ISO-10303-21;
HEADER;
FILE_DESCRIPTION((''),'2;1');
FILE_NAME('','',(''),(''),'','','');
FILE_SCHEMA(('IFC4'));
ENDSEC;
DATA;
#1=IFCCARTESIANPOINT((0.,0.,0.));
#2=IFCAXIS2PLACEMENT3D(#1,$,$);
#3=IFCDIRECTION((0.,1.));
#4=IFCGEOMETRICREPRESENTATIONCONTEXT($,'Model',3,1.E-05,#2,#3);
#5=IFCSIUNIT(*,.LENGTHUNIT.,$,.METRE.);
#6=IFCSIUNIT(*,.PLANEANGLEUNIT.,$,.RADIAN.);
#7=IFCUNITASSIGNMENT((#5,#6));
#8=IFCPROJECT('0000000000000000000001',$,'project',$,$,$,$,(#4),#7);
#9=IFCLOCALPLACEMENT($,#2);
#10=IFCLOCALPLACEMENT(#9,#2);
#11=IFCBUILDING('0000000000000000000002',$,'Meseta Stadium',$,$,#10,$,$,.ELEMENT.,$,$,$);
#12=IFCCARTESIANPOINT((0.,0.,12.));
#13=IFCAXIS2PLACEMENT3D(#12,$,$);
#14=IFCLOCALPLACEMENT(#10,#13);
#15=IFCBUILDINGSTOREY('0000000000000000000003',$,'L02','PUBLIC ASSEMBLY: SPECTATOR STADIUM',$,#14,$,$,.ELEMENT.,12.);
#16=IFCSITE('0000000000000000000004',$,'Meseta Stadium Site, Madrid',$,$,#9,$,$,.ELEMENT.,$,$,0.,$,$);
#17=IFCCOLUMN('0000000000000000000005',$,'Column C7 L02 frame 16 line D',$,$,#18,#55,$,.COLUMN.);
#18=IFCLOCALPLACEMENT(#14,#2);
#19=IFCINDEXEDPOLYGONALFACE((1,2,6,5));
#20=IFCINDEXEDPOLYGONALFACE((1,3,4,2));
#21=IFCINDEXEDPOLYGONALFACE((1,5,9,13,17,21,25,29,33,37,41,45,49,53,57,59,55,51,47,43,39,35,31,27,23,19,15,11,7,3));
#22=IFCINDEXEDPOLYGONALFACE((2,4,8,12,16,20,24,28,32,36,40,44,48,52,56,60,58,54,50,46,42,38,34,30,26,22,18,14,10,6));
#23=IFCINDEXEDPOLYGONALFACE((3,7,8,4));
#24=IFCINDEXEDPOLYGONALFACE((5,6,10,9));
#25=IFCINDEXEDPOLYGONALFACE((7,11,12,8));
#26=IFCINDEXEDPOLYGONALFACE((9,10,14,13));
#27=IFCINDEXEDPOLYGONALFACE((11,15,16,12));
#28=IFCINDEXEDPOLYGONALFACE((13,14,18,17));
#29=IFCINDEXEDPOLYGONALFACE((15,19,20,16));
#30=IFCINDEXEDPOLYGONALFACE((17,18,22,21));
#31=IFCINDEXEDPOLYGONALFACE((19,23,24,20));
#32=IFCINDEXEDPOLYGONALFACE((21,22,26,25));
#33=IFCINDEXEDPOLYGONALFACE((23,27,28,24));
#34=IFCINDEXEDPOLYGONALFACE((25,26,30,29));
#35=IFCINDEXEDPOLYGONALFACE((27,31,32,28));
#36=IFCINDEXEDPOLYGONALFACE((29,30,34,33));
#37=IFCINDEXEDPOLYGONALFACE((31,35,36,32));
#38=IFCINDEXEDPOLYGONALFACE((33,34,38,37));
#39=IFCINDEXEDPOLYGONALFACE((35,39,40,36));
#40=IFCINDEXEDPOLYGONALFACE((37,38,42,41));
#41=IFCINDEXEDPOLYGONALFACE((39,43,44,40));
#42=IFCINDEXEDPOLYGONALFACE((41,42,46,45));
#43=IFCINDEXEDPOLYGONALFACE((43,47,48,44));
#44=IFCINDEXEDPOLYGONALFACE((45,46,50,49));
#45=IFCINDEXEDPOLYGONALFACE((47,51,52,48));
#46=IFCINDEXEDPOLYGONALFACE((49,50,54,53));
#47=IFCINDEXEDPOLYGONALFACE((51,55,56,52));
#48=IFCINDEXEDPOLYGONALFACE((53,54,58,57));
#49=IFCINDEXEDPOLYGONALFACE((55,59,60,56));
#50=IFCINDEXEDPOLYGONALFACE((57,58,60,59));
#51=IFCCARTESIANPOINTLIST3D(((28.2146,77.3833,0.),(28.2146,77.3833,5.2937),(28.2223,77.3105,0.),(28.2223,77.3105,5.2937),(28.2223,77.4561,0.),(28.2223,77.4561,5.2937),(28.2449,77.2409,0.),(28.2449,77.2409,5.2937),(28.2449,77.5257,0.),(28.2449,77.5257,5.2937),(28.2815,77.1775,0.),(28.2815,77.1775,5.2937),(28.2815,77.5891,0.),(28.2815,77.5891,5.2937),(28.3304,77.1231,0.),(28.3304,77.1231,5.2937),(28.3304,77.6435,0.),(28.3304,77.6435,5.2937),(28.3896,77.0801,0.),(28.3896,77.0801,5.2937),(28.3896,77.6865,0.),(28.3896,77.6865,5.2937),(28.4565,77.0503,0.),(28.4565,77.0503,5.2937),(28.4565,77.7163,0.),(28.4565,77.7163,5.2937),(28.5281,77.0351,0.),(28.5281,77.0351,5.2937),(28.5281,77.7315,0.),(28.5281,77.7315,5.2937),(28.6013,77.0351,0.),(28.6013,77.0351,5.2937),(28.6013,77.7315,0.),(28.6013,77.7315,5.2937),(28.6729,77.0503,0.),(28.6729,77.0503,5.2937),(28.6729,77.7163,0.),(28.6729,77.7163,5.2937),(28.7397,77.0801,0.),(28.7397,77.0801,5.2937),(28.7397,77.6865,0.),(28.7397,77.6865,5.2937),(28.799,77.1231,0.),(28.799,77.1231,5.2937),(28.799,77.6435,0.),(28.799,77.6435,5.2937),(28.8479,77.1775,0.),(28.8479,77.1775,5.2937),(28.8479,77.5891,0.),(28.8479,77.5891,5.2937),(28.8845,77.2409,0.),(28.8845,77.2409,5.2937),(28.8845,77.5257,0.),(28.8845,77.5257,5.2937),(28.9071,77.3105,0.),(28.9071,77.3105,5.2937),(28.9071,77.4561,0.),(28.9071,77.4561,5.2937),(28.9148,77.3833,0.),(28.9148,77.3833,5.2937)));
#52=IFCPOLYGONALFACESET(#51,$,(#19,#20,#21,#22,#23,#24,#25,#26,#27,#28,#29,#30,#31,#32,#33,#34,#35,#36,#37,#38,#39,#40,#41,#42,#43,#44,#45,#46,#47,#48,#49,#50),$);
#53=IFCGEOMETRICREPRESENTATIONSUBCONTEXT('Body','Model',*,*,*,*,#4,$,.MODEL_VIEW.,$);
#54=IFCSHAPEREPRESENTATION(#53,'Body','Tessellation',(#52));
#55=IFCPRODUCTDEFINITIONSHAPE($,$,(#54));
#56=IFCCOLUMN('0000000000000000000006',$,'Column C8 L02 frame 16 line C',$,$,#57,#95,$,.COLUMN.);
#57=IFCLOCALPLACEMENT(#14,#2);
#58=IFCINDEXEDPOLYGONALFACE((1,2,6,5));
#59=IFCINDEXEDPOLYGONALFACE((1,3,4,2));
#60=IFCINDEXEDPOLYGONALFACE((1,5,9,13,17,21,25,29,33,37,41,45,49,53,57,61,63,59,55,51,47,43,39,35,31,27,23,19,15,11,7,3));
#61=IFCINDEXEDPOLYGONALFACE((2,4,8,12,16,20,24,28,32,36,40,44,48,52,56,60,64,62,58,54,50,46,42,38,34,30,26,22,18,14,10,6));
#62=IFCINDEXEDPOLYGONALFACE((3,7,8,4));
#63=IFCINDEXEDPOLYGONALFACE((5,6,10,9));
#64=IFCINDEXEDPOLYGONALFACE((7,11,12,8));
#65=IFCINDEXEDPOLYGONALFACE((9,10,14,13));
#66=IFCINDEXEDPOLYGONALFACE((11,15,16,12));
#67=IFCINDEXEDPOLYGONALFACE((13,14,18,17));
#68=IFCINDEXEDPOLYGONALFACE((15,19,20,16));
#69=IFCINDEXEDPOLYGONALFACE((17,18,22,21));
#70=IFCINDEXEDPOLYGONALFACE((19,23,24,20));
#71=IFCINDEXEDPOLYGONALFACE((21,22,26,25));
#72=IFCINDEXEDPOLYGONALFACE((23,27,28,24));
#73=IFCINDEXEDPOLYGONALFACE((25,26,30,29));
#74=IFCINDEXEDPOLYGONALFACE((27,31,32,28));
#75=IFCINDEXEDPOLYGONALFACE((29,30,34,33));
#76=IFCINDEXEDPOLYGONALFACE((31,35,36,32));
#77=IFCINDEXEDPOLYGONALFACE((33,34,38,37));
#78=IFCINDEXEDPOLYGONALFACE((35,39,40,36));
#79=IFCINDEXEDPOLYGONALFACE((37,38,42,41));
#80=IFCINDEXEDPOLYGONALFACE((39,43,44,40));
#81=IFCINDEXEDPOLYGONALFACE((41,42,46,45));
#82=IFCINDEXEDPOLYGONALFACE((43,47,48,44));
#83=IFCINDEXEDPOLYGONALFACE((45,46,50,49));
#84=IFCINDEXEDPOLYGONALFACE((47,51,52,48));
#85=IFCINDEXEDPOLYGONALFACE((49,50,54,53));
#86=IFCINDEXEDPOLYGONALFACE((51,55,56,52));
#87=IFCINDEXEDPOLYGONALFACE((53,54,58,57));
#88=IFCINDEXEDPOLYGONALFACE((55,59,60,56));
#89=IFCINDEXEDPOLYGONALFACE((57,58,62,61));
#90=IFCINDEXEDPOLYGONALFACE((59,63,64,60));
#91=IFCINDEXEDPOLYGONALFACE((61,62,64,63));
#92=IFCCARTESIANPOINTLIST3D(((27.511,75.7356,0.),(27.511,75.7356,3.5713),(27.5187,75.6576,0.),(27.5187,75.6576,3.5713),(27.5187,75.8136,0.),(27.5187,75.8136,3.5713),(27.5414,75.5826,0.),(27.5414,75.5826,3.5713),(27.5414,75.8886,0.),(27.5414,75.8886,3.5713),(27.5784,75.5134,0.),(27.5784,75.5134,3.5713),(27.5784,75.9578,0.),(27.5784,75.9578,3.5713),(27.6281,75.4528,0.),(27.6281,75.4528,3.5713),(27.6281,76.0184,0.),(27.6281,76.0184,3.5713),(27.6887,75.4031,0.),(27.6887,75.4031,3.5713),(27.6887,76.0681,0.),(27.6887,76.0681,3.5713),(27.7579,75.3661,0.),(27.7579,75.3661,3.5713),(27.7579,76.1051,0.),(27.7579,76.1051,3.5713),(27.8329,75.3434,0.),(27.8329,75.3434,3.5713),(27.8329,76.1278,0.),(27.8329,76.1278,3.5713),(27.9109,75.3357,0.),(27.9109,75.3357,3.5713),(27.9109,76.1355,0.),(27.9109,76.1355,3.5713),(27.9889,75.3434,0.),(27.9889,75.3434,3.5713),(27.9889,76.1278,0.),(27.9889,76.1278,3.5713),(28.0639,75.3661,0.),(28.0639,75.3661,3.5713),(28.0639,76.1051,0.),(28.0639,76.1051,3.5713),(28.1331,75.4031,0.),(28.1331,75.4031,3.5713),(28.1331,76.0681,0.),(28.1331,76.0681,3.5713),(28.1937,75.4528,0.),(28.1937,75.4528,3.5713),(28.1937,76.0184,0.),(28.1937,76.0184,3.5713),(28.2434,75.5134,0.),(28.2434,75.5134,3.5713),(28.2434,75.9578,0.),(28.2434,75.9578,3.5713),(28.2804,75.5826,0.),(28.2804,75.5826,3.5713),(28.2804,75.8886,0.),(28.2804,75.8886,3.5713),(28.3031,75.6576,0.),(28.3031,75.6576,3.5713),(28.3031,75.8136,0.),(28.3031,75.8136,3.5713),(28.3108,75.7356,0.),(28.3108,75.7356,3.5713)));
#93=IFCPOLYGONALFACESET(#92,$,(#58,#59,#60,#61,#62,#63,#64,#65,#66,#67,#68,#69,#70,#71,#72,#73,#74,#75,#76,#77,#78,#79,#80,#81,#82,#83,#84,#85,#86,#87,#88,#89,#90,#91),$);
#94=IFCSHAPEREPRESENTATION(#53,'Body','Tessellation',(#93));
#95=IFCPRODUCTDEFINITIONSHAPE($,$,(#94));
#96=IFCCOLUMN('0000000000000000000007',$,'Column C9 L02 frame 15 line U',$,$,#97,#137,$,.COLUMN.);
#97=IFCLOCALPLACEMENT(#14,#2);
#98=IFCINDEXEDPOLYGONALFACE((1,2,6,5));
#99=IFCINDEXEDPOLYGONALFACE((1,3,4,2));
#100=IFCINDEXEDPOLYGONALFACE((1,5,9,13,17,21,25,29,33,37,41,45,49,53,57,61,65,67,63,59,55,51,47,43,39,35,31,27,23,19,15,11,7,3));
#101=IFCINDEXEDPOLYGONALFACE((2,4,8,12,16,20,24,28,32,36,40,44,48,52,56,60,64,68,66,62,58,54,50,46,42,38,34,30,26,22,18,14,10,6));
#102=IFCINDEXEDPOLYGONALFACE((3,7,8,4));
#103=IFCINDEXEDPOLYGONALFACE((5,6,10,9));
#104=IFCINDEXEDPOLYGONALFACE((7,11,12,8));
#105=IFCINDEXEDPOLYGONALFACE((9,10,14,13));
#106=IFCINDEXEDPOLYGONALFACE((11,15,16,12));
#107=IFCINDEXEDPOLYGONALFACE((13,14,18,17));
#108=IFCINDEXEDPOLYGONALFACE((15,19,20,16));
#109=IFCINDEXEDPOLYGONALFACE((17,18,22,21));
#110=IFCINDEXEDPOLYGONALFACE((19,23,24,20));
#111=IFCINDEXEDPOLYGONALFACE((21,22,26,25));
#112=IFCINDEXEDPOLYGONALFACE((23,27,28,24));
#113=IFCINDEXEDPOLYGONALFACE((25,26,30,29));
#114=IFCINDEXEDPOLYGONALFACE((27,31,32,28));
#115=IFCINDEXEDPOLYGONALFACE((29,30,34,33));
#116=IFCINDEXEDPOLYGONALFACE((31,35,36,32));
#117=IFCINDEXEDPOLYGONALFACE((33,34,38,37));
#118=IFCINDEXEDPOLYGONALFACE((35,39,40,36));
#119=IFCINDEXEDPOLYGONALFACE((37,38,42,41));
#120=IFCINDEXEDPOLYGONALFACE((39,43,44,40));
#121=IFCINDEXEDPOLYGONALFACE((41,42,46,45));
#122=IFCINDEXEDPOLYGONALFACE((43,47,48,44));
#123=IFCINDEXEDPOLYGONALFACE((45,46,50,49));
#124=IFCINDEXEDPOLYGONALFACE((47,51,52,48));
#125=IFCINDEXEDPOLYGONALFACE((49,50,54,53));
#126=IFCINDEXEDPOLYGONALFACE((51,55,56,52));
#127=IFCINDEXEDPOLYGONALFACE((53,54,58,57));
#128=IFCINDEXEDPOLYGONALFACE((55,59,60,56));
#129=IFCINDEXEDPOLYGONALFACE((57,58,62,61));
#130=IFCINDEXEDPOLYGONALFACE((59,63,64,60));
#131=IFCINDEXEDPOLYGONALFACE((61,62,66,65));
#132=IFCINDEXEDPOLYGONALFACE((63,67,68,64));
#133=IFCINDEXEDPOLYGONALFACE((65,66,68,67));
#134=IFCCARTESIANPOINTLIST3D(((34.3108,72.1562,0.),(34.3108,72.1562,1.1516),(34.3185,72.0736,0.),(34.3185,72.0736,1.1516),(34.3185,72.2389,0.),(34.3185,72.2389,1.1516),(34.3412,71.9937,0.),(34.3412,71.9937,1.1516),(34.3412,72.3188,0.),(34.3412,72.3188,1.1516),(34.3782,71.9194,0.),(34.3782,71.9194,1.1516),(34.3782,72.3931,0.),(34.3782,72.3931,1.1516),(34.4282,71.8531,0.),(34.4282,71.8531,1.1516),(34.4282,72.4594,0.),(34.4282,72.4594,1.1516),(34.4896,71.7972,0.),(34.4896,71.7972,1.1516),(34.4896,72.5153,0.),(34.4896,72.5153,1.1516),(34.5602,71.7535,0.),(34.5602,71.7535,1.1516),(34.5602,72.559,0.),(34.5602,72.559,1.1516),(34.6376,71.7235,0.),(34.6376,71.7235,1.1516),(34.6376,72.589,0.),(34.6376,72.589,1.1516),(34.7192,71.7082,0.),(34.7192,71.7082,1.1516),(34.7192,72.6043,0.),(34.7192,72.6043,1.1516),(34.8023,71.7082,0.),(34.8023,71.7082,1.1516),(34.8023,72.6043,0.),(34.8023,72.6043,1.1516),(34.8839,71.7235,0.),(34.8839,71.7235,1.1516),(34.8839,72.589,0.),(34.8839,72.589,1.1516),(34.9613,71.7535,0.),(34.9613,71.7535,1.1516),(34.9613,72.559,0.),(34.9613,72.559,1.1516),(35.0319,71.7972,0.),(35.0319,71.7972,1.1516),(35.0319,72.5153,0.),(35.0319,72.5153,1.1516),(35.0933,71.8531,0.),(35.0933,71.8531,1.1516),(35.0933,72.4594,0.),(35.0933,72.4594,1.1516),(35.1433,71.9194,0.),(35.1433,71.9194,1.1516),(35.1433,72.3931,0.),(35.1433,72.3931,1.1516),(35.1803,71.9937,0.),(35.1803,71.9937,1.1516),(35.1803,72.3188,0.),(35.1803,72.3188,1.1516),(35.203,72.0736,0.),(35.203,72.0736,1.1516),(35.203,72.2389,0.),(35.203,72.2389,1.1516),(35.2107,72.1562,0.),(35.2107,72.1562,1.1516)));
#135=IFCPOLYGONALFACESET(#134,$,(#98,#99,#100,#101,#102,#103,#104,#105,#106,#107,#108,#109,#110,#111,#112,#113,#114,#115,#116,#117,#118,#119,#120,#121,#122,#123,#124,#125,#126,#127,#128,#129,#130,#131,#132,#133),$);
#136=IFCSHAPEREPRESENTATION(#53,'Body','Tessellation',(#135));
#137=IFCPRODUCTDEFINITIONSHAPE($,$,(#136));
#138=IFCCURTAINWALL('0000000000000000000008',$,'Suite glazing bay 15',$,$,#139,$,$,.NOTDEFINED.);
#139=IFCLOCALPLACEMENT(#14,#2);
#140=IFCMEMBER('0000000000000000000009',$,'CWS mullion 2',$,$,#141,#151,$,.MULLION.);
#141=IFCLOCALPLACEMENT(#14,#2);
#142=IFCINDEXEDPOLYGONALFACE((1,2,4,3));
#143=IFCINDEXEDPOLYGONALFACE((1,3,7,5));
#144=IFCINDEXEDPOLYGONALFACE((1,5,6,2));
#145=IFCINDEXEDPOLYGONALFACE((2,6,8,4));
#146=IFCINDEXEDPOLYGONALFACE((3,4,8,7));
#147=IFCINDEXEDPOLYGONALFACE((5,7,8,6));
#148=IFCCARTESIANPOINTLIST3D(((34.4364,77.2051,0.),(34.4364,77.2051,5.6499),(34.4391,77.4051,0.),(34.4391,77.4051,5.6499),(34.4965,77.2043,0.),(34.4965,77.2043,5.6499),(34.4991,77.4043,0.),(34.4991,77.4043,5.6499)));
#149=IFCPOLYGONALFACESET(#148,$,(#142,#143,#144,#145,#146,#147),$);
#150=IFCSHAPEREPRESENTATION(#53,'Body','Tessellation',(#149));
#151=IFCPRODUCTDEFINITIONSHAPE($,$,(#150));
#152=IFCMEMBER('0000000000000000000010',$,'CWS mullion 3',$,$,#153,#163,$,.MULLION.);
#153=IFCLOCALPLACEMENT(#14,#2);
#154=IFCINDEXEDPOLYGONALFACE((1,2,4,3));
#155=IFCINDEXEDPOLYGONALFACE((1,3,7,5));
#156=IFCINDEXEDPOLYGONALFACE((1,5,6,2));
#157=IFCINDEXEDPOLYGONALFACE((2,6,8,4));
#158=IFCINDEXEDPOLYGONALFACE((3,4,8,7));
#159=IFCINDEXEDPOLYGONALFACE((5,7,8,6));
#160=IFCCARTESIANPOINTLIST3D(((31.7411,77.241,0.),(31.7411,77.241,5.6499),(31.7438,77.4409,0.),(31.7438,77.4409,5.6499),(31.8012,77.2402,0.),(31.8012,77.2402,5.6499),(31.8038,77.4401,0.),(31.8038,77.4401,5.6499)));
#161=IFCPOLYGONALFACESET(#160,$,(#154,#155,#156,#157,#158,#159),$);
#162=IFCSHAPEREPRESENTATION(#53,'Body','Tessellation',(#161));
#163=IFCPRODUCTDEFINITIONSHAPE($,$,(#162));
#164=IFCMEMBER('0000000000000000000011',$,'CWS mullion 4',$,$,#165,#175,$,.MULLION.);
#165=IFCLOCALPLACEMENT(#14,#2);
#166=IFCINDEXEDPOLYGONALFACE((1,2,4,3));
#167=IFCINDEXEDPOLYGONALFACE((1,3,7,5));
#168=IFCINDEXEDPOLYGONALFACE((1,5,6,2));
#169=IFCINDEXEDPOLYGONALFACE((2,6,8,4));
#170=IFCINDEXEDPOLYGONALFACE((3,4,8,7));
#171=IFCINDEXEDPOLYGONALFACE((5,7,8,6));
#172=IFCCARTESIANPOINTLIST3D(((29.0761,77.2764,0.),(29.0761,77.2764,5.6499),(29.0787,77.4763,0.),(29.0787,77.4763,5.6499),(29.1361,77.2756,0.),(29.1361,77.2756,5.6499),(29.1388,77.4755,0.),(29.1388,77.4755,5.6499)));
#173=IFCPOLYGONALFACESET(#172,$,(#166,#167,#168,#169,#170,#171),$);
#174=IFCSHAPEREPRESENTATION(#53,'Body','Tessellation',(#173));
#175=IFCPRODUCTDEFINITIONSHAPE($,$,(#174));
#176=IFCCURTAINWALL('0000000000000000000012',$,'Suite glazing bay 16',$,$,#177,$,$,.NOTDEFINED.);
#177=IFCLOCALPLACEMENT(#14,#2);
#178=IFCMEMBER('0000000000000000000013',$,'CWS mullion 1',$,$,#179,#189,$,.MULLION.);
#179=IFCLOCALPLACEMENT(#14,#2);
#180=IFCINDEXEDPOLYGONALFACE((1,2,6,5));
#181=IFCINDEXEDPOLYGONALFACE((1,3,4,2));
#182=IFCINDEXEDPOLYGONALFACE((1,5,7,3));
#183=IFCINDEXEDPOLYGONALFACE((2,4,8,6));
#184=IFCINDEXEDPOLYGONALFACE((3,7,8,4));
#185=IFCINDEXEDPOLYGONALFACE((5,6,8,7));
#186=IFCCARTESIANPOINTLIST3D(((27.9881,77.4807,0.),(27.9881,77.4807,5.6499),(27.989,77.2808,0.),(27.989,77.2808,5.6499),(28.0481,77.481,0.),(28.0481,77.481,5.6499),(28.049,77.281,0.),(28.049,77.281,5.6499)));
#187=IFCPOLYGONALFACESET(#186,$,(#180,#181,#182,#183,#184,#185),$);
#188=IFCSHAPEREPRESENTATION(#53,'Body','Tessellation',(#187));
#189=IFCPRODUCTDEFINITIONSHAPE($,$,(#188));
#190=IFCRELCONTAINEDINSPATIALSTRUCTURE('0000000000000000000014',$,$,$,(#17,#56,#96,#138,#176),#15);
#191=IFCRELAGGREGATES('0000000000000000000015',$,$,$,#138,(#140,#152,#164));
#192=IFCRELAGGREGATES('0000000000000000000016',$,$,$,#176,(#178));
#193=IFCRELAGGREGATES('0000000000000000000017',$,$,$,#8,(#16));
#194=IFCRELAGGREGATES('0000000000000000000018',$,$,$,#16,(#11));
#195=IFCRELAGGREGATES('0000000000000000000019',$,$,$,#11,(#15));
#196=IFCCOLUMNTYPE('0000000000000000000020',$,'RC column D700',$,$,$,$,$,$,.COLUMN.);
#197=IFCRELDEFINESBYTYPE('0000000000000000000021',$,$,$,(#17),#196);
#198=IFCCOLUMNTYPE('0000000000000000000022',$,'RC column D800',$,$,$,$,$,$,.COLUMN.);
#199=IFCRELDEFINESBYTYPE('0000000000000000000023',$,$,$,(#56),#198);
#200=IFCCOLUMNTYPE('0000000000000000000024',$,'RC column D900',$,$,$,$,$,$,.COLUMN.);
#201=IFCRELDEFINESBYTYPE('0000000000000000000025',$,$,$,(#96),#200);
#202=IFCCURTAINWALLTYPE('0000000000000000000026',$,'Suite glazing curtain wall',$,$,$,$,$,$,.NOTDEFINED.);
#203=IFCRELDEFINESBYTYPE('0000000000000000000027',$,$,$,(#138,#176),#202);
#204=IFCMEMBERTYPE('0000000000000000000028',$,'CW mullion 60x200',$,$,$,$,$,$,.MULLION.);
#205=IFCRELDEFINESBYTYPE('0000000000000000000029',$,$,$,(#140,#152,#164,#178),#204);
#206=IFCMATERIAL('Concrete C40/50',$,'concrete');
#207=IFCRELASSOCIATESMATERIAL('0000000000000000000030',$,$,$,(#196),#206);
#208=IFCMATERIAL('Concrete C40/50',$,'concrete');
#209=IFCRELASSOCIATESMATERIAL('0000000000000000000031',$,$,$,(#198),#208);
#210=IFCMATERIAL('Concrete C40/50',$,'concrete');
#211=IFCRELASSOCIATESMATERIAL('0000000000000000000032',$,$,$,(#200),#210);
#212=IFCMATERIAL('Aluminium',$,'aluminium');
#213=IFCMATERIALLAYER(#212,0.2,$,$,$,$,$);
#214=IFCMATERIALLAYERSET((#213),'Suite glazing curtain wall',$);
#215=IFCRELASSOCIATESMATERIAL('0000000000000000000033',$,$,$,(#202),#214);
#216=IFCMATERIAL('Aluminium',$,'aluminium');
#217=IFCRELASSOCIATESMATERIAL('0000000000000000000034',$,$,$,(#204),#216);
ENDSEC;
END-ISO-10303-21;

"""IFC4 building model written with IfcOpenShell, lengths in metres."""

from ifc_helpers import new_model, si_unit, direction, frame, origin, origin_2d, place, context, subcontext, project, spatial, rectangle, circle, extrude, material, layer, layer_set, material_profile, profile_set, type_object, element, aggregate, save


model = new_model("IFC4")

# Units and contexts
model_context = context("Model", 3, precision=1e-05, world=origin(), true_north=direction((0.0, 1.0)))
body_context = subcontext(model_context, "Body", "Model", "MODEL_VIEW")
ifc_project = project(units=[si_unit("LENGTHUNIT", "METRE"), si_unit("PLANEANGLEUNIT", "RADIAN")], contexts=[model_context])

# Site, building, storey
site_placement = place(None, origin())
site = spatial("IfcSite", under=ifc_project, at=site_placement, Name="Meseta Stadium Site, Madrid", CompositionType="ELEMENT", RefElevation=0.0)
building_placement = place(site_placement, origin())
building = spatial("IfcBuilding", under=site, at=building_placement, Name="Meseta Stadium", CompositionType="ELEMENT")
storey_placement = place(building_placement, frame((0.0, 0.0, 12.0)))
storey = spatial("IfcBuildingStorey", under=building, at=storey_placement, Name="L02", Description="PUBLIC ASSEMBLY: SPECTATOR STADIUM", CompositionType="ELEMENT", Elevation=12.0)

# Columns
ifc_material_1 = material(Name="Concrete C40/50", Category="concrete")
ifc_material_profile_1 = material_profile(ifc_material_1, circle(Radius=0.3501, at=origin_2d()), Name="RC D700")
ifc_profile_set_1 = profile_set([ifc_material_profile_1], Name="Concrete C40/50")
column_type_1 = type_object("IfcColumnType", Name="RC column D700", PredefinedType="COLUMN", material=ifc_profile_set_1)
column_1_placement = place(storey_placement, frame((28.5647, 77.3833, 0.0), z_axis=(0.0, 0.0, 1.0), x_axis=(1.0, 0.0, 0.0)))
element("IfcColumn", 1, at=column_1_placement, inside=storey, type_object=column_type_1, Name="Column C7 L02 frame 16 line D", PredefinedType="COLUMN", context=body_context, shape_type="SweptSolid", body=[
    extrude(circle(Radius=0.3501, at=origin_2d()), origin(), (0.0, 0.0, 1.0), 5.2937),
])
ifc_material_2 = material(Name="Concrete C40/50", Category="concrete")
ifc_material_profile_2 = material_profile(ifc_material_2, circle(Radius=0.3999, at=origin_2d()), Name="RC D800")
ifc_profile_set_2 = profile_set([ifc_material_profile_2], Name="Concrete C40/50")
column_type_2 = type_object("IfcColumnType", Name="RC column D800", PredefinedType="COLUMN", material=ifc_profile_set_2)
column_2_placement = place(storey_placement, frame((27.9109, 75.7356, 0.0), z_axis=(0.0, 0.0, 1.0), x_axis=(1.0, 0.0, 0.0)))
element("IfcColumn", 2, at=column_2_placement, inside=storey, type_object=column_type_2, Name="Column C8 L02 frame 16 line C", PredefinedType="COLUMN", context=body_context, shape_type="SweptSolid", body=[
    extrude(circle(Radius=0.3999, at=origin_2d()), origin(), (0.0, 0.0, 1.0), 3.5713),
])
ifc_material_3 = material(Name="Concrete C40/50", Category="concrete")
ifc_material_profile_3 = material_profile(ifc_material_3, circle(Radius=0.45, at=origin_2d()), Name="RC D900")
ifc_profile_set_3 = profile_set([ifc_material_profile_3], Name="Concrete C40/50")
column_type_3 = type_object("IfcColumnType", Name="RC column D900", PredefinedType="COLUMN", material=ifc_profile_set_3)
column_3_placement = place(storey_placement, frame((34.7607, 72.1562, 0.0), z_axis=(0.0, 0.0, 1.0), x_axis=(1.0, 0.0, 0.0)))
element("IfcColumn", 3, at=column_3_placement, inside=storey, type_object=column_type_3, Name="Column C9 L02 frame 15 line U", PredefinedType="COLUMN", context=body_context, shape_type="SweptSolid", body=[
    extrude(circle(Radius=0.45, at=origin_2d()), origin(), (0.0, 0.0, 1.0), 1.1516),
])

# Curtain wall, members
ifc_material_4 = material(Name="Aluminium", Category="aluminium")
ifc_layer_1 = layer(ifc_material_4, 0.2)
ifc_layer_set_1 = layer_set([ifc_layer_1], Name="Suite glazing curtain wall")
curtain_wall_type = type_object("IfcCurtainWallType", Name="Suite glazing curtain wall", PredefinedType="NOTDEFINED", material=ifc_layer_set_1)
curtain_wall_1_placement = place(storey_placement, origin())
curtain_wall_1 = element("IfcCurtainWall", 4, at=curtain_wall_1_placement, inside=storey, type_object=curtain_wall_type, Name="Suite glazing bay 15", PredefinedType="NOTDEFINED")
ifc_material_5 = material(Name="Aluminium", Category="aluminium")
ifc_material_profile_4 = material_profile(ifc_material_5, rectangle(XDim=0.2, YDim=0.0601, at=origin_2d()), Name="CW 200x60")
ifc_profile_set_4 = profile_set([ifc_material_profile_4], Name="Aluminium")
member_type_1 = type_object("IfcMemberType", Name="CW mullion 60x200", PredefinedType="MULLION", material=ifc_profile_set_4)
member_1_placement = place(storey_placement, frame((34.4678, 77.3047, 0.0), z_axis=(0.0, 0.0, 1.0), x_axis=(-0.013281, -0.999912, 0.0)))
member_1 = element("IfcMember", 5, at=member_1_placement, type_object=member_type_1, Name="CWS mullion 2", PredefinedType="MULLION", context=body_context, shape_type="SweptSolid", body=[
    extrude(rectangle(XDim=0.2, YDim=0.0601, at=origin_2d()), origin(), (0.0, 0.0, 1.0), 5.6499),
])
member_2_placement = place(storey_placement, frame((31.7725, 77.3406, 0.0), z_axis=(0.0, 0.0, 1.0), x_axis=(-0.013281, -0.999912, 0.0)))
member_2 = element("IfcMember", 6, at=member_2_placement, type_object=member_type_1, Name="CWS mullion 3", PredefinedType="MULLION", context=body_context, shape_type="SweptSolid", body=[
    extrude(rectangle(XDim=0.2, YDim=0.0601, at=origin_2d()), origin(), (0.0, 0.0, 1.0), 5.6499),
])
member_3_placement = place(storey_placement, frame((29.1074, 77.376, 0.0), z_axis=(0.0, 0.0, 1.0), x_axis=(-0.013281, -0.999912, 0.0)))
member_3 = element("IfcMember", 7, at=member_3_placement, type_object=member_type_1, Name="CWS mullion 4", PredefinedType="MULLION", context=body_context, shape_type="SweptSolid", body=[
    extrude(rectangle(XDim=0.2, YDim=0.0601, at=origin_2d()), origin(), (0.0, 0.0, 1.0), 5.6499),
])

# Curtain wall, member
curtain_wall_2_placement = place(storey_placement, origin())
curtain_wall_2 = element("IfcCurtainWall", 8, at=curtain_wall_2_placement, inside=storey, type_object=curtain_wall_type, Name="Suite glazing bay 16", PredefinedType="NOTDEFINED")
member_4_placement = place(storey_placement, frame((28.0186, 77.3809, 0.0), z_axis=(0.0, 0.0, 1.0), x_axis=(0.004469, -0.99999, 0.0)))
member_4 = element("IfcMember", 9, at=member_4_placement, type_object=member_type_1, Name="CWS mullion 1", PredefinedType="MULLION", context=body_context, shape_type="SweptSolid", body=[
    extrude(rectangle(XDim=0.2, YDim=0.0601, at=origin_2d()), origin(), (0.0, 0.0, 1.0), 5.6499),
])

aggregate(curtain_wall_1, [member_1, member_2, member_3])
aggregate(curtain_wall_2, [member_4])

save(model, "model.ifc")
